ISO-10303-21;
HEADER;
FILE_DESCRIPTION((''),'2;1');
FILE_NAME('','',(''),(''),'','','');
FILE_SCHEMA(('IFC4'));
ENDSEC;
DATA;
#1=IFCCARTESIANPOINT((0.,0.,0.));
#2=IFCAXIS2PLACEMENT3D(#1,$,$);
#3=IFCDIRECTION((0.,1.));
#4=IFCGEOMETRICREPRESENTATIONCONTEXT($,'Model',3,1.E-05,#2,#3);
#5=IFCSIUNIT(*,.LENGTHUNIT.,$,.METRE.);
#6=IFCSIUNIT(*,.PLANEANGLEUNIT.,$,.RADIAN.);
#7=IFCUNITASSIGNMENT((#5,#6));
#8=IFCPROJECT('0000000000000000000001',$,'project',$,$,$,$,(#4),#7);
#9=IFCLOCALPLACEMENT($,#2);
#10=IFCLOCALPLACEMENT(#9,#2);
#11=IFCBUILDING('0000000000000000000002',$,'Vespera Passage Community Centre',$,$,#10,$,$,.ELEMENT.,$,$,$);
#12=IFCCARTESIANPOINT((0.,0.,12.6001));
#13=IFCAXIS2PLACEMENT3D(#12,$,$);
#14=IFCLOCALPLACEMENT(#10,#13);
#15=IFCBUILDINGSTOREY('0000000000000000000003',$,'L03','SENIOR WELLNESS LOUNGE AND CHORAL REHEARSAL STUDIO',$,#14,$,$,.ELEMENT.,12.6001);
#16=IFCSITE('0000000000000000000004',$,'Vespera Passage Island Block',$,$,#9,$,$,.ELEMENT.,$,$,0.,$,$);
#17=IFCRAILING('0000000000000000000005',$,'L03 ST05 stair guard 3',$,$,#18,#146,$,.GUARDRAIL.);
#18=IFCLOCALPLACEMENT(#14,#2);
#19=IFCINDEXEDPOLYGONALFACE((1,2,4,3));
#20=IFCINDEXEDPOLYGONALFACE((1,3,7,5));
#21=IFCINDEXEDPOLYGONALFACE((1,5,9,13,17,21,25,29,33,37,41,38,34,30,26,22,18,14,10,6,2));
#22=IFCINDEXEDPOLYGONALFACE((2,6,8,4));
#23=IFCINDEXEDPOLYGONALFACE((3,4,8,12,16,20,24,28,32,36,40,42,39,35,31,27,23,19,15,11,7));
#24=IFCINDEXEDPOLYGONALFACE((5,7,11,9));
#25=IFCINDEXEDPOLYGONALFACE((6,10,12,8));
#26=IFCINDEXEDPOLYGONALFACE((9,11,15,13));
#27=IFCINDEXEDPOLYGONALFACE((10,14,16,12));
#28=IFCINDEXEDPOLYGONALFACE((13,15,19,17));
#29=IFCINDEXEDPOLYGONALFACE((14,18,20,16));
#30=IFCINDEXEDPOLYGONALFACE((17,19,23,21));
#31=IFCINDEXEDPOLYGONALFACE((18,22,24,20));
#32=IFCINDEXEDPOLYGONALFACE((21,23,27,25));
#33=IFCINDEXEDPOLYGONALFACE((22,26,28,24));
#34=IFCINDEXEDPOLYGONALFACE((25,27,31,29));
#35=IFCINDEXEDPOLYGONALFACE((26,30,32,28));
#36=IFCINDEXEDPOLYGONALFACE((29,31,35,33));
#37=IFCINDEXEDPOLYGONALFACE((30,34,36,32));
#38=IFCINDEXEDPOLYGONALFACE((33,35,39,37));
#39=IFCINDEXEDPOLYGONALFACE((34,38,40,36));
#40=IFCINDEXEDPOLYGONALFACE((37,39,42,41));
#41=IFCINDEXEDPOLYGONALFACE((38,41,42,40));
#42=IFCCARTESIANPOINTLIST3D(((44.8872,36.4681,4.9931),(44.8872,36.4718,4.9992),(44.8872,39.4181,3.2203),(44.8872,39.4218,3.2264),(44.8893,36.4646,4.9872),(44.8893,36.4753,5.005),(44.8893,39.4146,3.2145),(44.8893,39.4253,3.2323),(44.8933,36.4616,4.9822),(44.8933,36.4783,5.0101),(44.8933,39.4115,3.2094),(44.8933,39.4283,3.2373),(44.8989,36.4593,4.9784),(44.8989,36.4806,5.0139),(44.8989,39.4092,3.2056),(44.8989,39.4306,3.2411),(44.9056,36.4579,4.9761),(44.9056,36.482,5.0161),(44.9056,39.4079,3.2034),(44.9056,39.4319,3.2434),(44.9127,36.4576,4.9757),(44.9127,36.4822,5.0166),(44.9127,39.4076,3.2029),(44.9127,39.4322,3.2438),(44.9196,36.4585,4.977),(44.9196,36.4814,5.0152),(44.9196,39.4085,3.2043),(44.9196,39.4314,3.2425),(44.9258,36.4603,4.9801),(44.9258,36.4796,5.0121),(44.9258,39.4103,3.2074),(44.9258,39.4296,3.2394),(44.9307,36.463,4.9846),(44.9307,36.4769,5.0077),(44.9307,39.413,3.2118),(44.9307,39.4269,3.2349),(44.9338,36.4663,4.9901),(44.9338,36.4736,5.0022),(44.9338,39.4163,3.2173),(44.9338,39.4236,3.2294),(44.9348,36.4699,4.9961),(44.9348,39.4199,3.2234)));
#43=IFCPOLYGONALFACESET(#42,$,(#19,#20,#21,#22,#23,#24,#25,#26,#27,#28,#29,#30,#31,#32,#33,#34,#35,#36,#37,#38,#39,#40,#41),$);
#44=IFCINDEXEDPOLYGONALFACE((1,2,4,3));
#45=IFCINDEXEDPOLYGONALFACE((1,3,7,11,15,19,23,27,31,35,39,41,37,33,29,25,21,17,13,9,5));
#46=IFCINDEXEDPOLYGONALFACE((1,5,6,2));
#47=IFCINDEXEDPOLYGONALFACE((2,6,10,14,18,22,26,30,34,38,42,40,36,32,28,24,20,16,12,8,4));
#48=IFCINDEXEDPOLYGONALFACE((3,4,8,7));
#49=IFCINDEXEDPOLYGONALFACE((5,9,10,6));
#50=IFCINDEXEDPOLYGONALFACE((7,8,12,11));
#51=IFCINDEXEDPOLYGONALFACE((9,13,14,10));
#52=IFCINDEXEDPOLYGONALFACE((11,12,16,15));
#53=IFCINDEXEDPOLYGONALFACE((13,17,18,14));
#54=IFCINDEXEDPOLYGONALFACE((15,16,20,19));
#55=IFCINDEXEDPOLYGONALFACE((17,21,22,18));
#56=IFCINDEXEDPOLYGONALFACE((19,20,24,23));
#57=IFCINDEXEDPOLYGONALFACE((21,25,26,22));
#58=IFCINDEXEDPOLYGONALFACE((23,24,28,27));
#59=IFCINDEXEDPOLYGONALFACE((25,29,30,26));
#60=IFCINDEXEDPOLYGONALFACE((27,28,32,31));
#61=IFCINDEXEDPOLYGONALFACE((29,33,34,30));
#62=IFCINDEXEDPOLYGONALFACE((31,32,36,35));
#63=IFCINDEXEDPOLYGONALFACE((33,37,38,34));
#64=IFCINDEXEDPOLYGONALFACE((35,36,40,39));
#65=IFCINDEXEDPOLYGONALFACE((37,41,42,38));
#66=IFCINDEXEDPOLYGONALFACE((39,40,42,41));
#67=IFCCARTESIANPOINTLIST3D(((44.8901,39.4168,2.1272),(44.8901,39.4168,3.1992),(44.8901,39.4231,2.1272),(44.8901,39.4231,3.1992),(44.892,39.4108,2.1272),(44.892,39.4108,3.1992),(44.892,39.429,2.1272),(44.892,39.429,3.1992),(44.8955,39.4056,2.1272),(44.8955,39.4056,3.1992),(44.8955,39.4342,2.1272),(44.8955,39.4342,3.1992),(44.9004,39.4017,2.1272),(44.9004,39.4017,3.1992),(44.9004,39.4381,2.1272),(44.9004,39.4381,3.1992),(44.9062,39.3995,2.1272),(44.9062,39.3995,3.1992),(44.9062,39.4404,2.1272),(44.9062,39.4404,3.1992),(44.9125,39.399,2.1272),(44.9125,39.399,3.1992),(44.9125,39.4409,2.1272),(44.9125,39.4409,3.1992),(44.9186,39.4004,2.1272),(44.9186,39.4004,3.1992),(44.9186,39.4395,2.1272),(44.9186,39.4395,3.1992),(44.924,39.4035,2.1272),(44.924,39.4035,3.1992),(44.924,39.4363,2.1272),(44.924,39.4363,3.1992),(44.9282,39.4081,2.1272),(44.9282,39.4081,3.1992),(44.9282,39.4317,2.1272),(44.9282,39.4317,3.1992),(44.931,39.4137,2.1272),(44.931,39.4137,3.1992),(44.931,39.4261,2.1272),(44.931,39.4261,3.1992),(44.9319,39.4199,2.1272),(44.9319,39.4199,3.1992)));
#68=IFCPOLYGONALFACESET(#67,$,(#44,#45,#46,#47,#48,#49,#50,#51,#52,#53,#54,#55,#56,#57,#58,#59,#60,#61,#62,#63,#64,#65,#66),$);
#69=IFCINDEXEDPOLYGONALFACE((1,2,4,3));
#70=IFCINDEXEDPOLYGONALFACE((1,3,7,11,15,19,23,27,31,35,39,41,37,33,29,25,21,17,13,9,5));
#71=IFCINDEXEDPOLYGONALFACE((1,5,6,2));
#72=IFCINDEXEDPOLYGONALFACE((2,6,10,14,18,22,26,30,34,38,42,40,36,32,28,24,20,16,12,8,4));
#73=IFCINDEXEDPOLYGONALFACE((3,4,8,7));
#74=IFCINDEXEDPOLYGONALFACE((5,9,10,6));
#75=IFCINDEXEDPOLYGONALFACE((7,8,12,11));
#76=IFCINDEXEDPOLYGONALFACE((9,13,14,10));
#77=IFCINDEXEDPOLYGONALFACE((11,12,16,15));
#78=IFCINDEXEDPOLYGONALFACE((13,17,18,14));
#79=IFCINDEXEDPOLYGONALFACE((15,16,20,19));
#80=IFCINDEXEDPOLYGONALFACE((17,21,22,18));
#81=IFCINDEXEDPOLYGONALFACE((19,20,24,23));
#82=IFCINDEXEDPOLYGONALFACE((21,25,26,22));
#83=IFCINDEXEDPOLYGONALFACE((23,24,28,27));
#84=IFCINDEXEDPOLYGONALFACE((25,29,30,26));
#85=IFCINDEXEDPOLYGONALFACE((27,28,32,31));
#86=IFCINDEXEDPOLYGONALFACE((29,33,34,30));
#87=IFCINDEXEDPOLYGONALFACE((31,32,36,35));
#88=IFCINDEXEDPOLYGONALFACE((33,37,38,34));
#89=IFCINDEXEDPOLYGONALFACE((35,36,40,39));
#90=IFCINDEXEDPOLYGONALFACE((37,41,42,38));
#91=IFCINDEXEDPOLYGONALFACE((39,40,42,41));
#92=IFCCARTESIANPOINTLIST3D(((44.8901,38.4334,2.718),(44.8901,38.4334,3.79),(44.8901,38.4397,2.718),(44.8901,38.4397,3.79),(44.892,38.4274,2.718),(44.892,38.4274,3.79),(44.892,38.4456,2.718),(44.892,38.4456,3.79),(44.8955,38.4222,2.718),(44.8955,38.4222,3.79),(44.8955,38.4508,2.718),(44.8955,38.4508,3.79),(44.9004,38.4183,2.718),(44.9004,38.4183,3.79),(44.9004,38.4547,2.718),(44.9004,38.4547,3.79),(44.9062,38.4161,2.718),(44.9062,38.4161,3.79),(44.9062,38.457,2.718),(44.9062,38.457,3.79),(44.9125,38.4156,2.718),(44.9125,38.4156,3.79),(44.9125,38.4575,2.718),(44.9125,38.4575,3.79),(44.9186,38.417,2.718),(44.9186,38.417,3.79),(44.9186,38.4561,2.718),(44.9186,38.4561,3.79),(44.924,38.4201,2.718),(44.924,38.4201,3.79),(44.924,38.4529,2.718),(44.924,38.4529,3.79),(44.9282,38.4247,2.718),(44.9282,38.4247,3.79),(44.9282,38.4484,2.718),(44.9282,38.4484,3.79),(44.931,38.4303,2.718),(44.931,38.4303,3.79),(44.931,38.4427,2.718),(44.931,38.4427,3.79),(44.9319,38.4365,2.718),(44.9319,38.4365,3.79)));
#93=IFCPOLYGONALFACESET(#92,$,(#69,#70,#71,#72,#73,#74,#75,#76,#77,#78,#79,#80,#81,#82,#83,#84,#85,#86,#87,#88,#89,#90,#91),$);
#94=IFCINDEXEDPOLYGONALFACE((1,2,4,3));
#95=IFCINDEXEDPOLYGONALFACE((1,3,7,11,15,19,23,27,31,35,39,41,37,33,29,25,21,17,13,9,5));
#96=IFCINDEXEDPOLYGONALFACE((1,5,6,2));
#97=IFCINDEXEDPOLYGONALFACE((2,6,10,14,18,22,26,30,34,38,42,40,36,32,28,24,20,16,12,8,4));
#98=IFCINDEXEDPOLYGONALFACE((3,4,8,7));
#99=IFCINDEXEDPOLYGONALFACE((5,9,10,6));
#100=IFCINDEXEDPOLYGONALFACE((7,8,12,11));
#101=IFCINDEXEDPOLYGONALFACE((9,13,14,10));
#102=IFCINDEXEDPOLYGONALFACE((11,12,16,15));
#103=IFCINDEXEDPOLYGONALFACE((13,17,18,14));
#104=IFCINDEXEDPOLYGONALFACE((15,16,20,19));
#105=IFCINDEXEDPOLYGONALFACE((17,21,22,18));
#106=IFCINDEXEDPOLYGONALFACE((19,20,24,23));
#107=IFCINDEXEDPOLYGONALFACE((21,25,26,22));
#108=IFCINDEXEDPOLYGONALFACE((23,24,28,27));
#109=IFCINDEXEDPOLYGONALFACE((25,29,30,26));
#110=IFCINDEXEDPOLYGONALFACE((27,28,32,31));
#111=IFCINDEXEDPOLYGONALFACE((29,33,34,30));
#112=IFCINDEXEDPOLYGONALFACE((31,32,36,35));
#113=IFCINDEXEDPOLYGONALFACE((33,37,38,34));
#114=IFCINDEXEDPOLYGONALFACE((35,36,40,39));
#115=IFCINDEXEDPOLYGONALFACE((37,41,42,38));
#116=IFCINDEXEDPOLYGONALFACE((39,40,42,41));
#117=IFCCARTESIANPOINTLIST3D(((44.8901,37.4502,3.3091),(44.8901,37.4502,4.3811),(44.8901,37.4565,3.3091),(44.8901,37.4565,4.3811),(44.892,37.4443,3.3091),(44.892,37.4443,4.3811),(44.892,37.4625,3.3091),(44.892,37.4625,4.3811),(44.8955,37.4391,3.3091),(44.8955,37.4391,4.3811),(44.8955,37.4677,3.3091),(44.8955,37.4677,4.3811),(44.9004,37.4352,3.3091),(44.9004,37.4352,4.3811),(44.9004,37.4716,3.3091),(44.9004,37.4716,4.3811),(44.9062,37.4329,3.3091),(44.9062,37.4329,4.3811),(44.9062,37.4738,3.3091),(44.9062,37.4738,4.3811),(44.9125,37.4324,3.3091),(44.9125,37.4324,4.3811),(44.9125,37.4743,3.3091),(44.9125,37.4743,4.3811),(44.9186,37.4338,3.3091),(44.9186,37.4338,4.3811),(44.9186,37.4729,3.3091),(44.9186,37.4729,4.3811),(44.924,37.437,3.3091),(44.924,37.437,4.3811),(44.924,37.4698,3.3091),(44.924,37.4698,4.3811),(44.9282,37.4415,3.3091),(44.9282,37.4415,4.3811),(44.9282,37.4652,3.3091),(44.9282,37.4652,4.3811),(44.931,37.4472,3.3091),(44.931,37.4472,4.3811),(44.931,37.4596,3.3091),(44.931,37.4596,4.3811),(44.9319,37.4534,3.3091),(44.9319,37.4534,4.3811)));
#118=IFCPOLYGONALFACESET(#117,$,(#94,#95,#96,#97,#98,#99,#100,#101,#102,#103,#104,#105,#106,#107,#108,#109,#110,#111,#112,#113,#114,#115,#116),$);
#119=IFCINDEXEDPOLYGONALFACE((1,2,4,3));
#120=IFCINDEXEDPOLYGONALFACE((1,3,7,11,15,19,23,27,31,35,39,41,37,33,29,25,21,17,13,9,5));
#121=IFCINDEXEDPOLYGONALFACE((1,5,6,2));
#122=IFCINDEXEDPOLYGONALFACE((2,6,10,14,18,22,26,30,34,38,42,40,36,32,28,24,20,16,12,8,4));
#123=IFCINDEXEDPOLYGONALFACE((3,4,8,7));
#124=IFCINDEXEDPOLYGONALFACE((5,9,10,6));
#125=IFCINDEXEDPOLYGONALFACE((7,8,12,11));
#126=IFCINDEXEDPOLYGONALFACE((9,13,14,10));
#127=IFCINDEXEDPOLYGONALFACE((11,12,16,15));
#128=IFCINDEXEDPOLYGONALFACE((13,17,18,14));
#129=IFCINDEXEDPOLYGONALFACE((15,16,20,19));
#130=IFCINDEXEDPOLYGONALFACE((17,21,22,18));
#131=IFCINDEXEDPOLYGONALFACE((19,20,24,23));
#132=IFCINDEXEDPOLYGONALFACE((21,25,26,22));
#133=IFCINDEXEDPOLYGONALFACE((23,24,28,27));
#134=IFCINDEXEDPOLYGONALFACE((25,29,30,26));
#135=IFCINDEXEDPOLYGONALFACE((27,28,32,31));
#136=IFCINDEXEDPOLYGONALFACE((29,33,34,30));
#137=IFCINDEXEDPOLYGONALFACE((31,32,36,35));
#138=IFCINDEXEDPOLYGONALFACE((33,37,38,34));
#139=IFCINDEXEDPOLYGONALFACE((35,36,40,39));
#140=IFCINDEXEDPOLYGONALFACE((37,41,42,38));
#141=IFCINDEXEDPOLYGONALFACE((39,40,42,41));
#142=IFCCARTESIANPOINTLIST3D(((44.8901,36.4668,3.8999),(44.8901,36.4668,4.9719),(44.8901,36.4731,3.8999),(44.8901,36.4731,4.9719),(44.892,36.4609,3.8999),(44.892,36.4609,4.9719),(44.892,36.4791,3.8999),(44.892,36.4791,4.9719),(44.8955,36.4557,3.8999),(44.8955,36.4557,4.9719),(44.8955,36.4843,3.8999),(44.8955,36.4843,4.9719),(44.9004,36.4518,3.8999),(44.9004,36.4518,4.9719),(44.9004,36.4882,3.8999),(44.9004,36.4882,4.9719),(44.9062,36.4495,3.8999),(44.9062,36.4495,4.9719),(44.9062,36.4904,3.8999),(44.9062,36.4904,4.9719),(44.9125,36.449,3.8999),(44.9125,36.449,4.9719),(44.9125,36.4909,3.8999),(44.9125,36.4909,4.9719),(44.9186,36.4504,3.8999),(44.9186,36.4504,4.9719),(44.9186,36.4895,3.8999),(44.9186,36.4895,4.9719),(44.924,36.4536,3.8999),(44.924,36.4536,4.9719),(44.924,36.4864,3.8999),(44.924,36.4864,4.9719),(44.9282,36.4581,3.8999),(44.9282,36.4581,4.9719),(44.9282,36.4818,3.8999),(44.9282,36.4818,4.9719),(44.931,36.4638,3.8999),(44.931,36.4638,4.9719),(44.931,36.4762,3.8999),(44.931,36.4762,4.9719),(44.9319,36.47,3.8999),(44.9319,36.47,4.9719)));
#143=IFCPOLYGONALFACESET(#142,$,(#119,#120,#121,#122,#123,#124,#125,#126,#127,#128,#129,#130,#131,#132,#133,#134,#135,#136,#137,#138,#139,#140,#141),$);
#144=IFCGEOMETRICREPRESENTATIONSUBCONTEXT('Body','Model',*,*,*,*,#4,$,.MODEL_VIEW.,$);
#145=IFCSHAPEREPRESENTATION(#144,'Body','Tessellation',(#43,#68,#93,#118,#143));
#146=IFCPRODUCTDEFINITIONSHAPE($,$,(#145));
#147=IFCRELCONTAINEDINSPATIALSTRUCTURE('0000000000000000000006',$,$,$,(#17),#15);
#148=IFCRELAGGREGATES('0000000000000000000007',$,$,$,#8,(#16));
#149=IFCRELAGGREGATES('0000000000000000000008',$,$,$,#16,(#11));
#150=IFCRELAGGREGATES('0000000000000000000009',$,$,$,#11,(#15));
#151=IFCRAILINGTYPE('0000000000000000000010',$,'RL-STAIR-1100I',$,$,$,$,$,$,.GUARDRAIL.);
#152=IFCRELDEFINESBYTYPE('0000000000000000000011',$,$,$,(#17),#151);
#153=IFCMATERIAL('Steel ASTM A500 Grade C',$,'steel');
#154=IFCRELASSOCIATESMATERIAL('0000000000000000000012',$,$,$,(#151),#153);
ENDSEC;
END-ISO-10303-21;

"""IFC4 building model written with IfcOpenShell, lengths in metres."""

from ifc_helpers import new_model, si_unit, direction, frame, origin, origin_2d, place, context, subcontext, project, spatial, circle, extrude, material, type_object, element, save


model = new_model("IFC4")

# Units and contexts
model_context = context("Model", 3, precision=1e-05, world=origin(), true_north=direction((0.0, 1.0)))
body_context = subcontext(model_context, "Body", "Model", "MODEL_VIEW")
ifc_project = project(units=[si_unit("LENGTHUNIT", "METRE"), si_unit("PLANEANGLEUNIT", "RADIAN")], contexts=[model_context])

# Site, building, storey
site_placement = place(None, origin())
site = spatial("IfcSite", under=ifc_project, at=site_placement, Name="Vespera Passage Island Block", CompositionType="ELEMENT", RefElevation=0.0)
building_placement = place(site_placement, origin())
building = spatial("IfcBuilding", under=site, at=building_placement, Name="Vespera Passage Community Centre", CompositionType="ELEMENT")
storey_placement = place(building_placement, frame((0.0, 0.0, 12.6001)))
storey = spatial("IfcBuildingStorey", under=building, at=storey_placement, Name="L03", Description="SENIOR WELLNESS LOUNGE AND CHORAL REHEARSAL STUDIO", CompositionType="ELEMENT", Elevation=12.6001)

# Railing
ifc_material_1 = material(Name="Steel ASTM A500 Grade C", Category="steel")
railing_type_1 = type_object("IfcRailingType", Name="RL-STAIR-1100I", PredefinedType="GUARDRAIL", material=ifc_material_1)
railing_1_placement = place(storey_placement, frame((44.9109, 39.4199, 2.1272)))
element("IfcRailing", 1, at=railing_1_placement, inside=storey, type_object=railing_type_1, Name="L03 ST05 stair guard 3", PredefinedType="GUARDRAIL", context=body_context, shape_type="SweptSolid", body=[
    extrude(circle(Radius=0.0239, at=origin_2d()), frame((0.0, 0.0, 1.0962), z_axis=(0.0, -0.857142, 0.51508), x_axis=(1.0, 0.0, 0.0)), (0.0, 0.0, 1.0), 3.4417),
    extrude(circle(Radius=0.021, at=origin_2d()), origin(), (0.0, 0.0, 1.0), 1.072),
    extrude(circle(Radius=0.021, at=origin_2d()), frame((0.0, -0.9834, 0.5908)), (0.0, 0.0, 1.0), 1.072),
    extrude(circle(Radius=0.021, at=origin_2d()), frame((0.0, -1.9666, 1.1819)), (0.0, 0.0, 1.0), 1.072),
    extrude(circle(Radius=0.021, at=origin_2d()), frame((0.0, -2.95, 1.7727)), (0.0, 0.0, 1.0), 1.072),
])

save(model, "model.ifc")
